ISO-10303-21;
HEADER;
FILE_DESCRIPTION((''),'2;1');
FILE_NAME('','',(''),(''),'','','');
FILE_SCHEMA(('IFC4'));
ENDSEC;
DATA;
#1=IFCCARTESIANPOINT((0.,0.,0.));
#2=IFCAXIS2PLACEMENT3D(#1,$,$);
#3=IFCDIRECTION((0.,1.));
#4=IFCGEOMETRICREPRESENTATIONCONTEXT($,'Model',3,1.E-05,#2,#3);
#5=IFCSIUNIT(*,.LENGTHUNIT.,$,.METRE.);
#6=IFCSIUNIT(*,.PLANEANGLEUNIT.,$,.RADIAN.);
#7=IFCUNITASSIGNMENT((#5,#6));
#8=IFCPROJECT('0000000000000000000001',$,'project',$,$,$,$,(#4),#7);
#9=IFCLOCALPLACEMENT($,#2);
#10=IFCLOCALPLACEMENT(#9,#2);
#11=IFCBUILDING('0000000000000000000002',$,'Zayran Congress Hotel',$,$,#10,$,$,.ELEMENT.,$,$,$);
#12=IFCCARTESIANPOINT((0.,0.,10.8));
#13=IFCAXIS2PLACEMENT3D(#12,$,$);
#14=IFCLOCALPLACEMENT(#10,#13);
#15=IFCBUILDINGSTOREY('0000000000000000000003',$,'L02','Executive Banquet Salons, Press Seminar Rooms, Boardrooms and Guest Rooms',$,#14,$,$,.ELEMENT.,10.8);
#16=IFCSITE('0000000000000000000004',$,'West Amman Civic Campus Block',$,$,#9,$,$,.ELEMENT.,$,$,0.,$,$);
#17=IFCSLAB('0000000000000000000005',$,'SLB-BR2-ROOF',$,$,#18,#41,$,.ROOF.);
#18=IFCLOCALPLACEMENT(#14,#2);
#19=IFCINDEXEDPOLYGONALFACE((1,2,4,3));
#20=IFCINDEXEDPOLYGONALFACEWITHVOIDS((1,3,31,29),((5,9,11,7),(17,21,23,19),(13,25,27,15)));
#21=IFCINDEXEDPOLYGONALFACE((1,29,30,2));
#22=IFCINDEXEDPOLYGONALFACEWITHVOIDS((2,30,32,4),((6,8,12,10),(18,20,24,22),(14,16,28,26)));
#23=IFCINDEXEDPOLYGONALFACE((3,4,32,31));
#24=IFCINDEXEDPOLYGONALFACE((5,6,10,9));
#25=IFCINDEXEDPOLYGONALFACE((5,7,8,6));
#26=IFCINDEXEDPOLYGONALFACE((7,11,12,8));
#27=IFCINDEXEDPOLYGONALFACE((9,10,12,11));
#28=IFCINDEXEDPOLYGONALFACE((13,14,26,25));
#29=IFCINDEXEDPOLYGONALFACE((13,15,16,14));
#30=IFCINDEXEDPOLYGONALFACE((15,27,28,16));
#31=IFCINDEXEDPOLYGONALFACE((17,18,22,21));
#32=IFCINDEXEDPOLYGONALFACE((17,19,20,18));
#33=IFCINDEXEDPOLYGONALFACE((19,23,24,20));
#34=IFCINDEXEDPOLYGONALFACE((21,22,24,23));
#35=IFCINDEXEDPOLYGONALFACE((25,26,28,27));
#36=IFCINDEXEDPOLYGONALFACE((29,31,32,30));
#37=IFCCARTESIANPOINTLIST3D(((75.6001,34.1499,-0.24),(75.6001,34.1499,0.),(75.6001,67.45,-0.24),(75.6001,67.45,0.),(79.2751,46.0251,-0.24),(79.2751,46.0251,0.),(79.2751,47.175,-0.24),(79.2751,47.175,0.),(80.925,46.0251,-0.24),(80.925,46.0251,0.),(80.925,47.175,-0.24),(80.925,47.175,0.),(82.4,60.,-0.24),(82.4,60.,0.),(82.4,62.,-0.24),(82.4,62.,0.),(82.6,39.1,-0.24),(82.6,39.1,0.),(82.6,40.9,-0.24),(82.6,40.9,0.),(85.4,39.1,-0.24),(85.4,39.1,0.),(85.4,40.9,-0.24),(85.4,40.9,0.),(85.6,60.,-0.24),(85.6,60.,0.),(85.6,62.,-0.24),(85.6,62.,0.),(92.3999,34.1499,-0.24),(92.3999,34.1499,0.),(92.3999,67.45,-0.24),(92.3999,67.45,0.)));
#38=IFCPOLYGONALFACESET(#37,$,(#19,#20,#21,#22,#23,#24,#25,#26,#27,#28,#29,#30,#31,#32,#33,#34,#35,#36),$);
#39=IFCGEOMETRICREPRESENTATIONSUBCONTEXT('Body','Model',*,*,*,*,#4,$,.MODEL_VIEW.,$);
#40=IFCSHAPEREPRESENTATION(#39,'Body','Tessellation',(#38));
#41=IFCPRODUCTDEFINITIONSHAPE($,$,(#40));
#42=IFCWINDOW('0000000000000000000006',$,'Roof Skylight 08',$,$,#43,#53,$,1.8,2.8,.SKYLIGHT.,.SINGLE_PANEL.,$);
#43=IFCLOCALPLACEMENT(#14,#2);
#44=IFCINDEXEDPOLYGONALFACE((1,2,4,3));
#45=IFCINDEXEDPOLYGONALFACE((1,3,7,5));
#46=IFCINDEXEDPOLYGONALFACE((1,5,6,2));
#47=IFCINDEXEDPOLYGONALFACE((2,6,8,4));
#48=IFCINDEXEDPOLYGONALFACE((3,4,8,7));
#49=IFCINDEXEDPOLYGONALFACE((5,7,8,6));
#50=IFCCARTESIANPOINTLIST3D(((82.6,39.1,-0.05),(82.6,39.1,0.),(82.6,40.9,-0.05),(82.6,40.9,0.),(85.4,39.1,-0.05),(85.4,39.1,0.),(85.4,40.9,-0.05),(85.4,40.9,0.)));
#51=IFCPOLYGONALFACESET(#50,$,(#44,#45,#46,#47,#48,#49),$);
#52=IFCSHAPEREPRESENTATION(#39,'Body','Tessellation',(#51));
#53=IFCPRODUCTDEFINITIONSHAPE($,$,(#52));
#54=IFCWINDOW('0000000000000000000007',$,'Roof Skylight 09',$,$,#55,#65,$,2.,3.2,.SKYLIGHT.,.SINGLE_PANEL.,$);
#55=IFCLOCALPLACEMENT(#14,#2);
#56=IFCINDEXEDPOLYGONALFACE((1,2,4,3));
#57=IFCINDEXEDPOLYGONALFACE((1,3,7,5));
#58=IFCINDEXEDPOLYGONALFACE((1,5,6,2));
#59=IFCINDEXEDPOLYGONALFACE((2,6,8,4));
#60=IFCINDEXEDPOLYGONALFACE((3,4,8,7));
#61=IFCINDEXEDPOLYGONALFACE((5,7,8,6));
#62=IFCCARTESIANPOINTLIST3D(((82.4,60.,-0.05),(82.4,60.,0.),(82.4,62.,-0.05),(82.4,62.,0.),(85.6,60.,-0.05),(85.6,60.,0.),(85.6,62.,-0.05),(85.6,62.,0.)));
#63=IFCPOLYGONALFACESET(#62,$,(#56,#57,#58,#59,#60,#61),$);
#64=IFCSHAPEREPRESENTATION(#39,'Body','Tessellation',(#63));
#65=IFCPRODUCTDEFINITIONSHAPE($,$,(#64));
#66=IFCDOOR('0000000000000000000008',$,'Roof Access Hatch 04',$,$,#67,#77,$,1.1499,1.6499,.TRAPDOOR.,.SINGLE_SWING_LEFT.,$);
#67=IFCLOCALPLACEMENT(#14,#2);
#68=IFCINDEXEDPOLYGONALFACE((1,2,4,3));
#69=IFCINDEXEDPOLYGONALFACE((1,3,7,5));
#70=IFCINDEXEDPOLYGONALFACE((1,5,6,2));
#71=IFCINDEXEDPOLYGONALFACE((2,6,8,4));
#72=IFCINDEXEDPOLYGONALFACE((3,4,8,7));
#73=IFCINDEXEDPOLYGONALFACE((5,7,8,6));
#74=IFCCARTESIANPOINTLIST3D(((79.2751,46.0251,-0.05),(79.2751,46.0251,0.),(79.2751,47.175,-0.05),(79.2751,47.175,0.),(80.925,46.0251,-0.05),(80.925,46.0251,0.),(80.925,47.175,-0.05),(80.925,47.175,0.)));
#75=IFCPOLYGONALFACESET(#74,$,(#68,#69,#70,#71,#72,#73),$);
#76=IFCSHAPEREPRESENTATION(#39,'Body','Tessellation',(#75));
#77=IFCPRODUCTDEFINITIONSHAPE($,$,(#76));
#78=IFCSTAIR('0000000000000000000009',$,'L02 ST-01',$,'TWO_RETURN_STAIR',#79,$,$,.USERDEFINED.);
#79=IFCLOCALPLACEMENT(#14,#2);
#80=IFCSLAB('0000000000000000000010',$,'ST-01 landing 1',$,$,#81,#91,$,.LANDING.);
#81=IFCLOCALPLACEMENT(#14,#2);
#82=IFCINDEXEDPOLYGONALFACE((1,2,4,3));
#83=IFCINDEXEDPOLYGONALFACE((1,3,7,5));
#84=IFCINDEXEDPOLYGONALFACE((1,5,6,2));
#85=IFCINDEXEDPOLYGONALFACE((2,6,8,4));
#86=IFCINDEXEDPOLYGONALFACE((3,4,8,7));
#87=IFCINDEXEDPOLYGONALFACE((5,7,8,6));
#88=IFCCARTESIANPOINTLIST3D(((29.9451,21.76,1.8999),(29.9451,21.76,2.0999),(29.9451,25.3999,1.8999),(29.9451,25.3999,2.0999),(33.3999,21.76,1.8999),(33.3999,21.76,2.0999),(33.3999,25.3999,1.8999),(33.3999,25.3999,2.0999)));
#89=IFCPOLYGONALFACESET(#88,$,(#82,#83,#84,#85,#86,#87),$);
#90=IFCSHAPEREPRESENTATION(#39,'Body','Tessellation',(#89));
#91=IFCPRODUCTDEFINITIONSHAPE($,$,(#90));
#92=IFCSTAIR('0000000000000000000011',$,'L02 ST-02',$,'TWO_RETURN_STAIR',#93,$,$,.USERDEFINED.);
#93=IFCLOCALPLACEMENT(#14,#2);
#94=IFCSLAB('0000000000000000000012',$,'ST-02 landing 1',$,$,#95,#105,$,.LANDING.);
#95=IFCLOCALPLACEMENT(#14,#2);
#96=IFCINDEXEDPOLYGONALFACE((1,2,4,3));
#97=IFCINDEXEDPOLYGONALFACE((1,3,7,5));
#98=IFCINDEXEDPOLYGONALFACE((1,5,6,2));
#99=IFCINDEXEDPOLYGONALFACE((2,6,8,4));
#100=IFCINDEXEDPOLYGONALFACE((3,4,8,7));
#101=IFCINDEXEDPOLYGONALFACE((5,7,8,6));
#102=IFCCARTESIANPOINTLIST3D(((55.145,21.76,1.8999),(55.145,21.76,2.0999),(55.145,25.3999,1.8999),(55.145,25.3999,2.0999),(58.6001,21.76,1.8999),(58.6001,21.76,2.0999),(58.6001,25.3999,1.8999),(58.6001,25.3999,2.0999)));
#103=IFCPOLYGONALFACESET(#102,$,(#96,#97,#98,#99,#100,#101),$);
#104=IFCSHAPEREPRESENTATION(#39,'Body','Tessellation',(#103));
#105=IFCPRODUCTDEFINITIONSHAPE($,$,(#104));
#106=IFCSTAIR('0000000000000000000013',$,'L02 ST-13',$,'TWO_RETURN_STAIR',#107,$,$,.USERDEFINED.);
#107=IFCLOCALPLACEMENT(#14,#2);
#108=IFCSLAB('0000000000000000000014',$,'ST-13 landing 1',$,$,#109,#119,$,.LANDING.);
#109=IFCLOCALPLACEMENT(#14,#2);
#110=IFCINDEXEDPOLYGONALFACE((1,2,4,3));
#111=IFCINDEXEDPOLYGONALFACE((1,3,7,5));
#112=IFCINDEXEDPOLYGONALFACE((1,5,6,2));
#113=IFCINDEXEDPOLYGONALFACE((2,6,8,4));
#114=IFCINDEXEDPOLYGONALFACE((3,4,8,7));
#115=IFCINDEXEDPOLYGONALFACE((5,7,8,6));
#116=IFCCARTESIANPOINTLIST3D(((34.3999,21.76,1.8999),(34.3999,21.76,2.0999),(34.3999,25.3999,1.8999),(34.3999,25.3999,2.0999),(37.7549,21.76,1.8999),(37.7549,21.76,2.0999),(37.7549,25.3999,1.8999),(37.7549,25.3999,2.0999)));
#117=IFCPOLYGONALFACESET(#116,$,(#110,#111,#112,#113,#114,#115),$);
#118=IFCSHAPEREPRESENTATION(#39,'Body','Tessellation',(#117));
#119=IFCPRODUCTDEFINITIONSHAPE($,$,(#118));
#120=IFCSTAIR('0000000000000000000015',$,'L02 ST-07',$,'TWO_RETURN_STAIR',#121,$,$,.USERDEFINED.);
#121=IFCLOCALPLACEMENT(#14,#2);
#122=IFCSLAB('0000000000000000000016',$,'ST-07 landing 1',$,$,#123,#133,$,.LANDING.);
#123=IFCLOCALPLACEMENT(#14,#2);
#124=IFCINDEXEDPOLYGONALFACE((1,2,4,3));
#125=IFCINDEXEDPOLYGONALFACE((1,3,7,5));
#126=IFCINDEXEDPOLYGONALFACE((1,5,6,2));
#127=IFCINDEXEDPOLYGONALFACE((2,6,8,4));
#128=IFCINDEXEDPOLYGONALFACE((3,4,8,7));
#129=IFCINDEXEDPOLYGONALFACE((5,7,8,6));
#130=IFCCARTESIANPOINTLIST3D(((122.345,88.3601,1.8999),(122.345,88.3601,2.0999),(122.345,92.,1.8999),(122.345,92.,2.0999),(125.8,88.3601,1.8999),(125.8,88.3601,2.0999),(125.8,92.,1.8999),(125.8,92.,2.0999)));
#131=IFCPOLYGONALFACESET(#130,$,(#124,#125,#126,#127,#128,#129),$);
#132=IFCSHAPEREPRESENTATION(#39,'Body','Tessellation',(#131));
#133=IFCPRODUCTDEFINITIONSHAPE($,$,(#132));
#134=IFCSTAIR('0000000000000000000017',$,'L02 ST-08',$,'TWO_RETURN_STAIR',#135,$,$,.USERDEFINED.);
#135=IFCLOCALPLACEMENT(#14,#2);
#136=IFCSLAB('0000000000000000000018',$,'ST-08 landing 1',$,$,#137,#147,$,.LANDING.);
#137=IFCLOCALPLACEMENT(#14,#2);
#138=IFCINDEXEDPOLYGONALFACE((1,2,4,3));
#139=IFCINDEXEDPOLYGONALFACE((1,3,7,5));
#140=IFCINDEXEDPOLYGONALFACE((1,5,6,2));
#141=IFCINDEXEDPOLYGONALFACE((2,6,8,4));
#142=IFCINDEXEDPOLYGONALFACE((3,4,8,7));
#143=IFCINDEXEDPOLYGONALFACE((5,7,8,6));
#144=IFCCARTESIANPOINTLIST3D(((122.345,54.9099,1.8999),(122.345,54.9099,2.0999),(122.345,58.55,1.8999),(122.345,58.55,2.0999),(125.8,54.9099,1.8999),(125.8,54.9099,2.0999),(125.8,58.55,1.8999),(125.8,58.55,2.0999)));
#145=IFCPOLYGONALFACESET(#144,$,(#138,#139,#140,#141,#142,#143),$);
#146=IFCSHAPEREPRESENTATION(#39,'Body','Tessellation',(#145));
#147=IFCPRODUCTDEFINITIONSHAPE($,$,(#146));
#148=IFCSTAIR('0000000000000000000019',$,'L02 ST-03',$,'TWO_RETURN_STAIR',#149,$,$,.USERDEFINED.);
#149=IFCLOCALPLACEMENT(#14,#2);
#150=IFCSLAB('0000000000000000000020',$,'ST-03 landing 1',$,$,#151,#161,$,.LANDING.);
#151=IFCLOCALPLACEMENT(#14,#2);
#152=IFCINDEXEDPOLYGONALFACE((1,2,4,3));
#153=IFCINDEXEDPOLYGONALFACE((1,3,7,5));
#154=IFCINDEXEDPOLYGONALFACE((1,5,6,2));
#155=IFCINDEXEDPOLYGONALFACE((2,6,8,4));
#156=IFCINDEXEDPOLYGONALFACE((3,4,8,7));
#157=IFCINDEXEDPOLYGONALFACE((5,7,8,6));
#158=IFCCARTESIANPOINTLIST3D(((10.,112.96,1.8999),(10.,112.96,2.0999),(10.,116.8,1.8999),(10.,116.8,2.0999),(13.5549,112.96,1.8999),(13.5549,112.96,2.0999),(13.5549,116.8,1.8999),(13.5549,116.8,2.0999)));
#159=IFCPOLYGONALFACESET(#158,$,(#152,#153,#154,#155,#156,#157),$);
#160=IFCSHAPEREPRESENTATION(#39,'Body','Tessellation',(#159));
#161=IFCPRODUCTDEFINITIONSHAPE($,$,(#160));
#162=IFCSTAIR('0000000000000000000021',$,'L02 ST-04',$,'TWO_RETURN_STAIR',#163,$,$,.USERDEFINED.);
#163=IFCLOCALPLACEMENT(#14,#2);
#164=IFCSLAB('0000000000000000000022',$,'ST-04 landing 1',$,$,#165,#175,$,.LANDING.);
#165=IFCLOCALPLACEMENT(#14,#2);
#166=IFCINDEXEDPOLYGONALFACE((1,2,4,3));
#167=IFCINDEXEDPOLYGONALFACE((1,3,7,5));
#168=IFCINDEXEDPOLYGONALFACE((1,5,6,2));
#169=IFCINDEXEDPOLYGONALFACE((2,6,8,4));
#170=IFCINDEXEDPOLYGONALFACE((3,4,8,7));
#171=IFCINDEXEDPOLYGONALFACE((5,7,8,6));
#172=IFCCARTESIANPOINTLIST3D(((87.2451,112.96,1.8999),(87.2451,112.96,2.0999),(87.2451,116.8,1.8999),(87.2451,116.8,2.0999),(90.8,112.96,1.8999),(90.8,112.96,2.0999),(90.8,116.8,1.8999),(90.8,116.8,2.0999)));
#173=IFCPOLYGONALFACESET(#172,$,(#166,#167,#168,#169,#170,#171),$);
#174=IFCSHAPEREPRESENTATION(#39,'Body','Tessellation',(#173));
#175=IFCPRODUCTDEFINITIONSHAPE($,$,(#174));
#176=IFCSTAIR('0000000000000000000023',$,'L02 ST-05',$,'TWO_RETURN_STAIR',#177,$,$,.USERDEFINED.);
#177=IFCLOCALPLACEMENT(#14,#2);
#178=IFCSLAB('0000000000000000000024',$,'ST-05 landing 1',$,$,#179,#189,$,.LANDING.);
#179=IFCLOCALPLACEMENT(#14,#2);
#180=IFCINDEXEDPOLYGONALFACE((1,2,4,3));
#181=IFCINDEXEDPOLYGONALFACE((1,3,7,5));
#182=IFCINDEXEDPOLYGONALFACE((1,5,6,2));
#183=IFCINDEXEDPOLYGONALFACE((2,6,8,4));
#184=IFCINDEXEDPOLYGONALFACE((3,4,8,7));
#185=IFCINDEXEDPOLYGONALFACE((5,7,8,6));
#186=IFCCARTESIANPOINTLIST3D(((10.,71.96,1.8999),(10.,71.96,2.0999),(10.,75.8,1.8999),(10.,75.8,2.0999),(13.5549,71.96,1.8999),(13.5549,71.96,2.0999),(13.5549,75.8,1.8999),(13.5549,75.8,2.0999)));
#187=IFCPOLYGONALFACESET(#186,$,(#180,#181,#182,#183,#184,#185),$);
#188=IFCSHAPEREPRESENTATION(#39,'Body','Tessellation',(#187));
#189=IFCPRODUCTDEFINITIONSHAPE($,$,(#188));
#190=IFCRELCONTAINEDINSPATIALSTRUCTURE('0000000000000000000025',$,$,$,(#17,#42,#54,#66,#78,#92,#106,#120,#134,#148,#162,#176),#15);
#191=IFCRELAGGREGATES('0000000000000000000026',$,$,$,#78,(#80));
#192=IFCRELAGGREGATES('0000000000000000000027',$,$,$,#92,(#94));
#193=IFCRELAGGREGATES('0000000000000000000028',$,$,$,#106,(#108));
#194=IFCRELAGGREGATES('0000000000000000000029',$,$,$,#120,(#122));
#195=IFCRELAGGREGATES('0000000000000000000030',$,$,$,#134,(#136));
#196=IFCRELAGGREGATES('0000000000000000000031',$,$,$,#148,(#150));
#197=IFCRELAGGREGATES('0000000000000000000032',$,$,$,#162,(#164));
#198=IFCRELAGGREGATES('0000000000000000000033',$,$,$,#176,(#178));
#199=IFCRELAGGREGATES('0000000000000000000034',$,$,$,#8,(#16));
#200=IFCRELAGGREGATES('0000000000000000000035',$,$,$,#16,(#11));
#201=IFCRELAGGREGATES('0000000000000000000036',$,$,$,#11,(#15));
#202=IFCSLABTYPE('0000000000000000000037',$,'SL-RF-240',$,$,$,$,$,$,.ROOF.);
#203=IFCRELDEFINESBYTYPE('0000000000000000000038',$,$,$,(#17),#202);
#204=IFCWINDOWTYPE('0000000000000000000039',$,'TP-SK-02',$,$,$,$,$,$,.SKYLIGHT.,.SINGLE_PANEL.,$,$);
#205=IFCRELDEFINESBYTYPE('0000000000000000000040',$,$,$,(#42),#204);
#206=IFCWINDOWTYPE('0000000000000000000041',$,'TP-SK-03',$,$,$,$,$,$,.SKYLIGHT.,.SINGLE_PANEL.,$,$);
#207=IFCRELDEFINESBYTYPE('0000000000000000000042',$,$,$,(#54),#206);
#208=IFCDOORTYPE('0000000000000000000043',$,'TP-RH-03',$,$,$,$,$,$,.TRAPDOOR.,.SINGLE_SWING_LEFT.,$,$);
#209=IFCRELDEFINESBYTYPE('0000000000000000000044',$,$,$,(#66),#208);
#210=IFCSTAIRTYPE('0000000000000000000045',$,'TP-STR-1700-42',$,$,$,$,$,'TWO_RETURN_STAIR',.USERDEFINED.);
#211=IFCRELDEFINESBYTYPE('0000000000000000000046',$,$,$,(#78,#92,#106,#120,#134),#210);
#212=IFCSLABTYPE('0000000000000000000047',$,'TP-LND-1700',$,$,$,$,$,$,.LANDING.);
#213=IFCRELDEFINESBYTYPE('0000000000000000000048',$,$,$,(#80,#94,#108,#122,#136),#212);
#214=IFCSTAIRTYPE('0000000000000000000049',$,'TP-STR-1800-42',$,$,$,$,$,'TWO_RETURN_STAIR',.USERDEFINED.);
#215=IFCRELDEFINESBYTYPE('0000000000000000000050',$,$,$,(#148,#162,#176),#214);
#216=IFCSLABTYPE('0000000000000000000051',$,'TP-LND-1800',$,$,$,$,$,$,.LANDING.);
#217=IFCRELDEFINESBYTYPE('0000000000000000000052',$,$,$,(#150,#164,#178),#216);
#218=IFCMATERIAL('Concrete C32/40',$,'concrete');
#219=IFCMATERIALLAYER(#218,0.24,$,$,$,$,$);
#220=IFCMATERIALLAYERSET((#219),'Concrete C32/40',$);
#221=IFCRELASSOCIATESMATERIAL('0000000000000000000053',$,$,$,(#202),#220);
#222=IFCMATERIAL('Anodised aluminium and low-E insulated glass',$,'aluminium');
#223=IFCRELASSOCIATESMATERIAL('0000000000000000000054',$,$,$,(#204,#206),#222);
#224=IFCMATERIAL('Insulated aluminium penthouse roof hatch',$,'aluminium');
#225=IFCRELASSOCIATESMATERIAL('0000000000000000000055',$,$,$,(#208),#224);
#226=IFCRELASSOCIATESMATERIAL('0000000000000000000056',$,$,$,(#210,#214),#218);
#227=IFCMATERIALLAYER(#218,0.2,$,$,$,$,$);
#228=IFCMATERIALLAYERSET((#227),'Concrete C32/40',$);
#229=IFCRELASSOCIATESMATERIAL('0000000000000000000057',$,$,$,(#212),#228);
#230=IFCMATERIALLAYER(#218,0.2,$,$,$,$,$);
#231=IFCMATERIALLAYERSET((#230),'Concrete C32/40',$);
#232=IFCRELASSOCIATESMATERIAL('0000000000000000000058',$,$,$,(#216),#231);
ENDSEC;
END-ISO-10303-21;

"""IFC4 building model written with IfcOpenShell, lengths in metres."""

from ifc_helpers import new_model, si_unit, direction, frame, origin, origin_2d, place, context, subcontext, project, spatial, polyline, rectangle, outline, extrude, material, layer, layer_set, type_object, element, fill, aggregate, save


model = new_model("IFC4")

# Units and contexts
model_context = context("Model", 3, precision=1e-05, world=origin(), true_north=direction((0.0, 1.0)))
body_context = subcontext(model_context, "Body", "Model", "MODEL_VIEW")
ifc_project = project(units=[si_unit("LENGTHUNIT", "METRE"), si_unit("PLANEANGLEUNIT", "RADIAN")], contexts=[model_context])

# Site, building, storey
site_placement = place(None, origin())
site = spatial("IfcSite", under=ifc_project, at=site_placement, Name="West Amman Civic Campus Block", CompositionType="ELEMENT", RefElevation=0.0)
building_placement = place(site_placement, origin())
building = spatial("IfcBuilding", under=site, at=building_placement, Name="Zayran Congress Hotel", CompositionType="ELEMENT")
storey_placement = place(building_placement, frame((0.0, 0.0, 10.8)))
storey = spatial("IfcBuildingStorey", under=building, at=storey_placement, Name="L02", Description="Executive Banquet Salons, Press Seminar Rooms, Boardrooms and Guest Rooms", CompositionType="ELEMENT", Elevation=10.8)

# Shared definitions
ifc_material_1 = material(Name="Concrete C32/40", Category="concrete")

# Slab, openings, windows, door
ifc_layer_1 = layer(ifc_material_1, 0.24)
ifc_layer_set_1 = layer_set([ifc_layer_1], Name="Concrete C32/40")
slab_type_1 = type_object("IfcSlabType", Name="SL-RF-240", PredefinedType="ROOF", material=ifc_layer_set_1)
slab_1_placement = place(storey_placement, frame((0.0, 0.0, -0.24)))
slab_1 = element("IfcSlab", 1, at=slab_1_placement, inside=storey, type_object=slab_type_1, Name="SLB-BR2-ROOF", PredefinedType="ROOF", context=body_context, shape_type="SweptSolid", body=[
    extrude(outline(polyline([(75.6001, 34.1499), (92.3999, 34.1499), (92.3999, 67.45), (75.6001, 67.45), (75.6001, 34.1499)])), origin(), (0.0, 0.0, 1.0), 0.24),
])
opening_1_placement = place(slab_1_placement, frame((80.1001, 46.6001, -0.01), z_axis=(0.0, 0.0, 1.0), x_axis=(1.0, 0.0, 0.0)))
opening_1 = element("IfcOpeningElement", 2, at=opening_1_placement, cuts=slab_1, PredefinedType="OPENING", context=body_context, shape_type="SweptSolid", body=[
    extrude(rectangle(XDim=1.6499, YDim=1.1499, at=origin_2d()), origin(), (0.0, 0.0, 1.0), 0.26),
])
opening_2_placement = place(slab_1_placement, frame((84.0, 40.0, -0.01), z_axis=(0.0, 0.0, 1.0), x_axis=(1.0, 0.0, 0.0)))
opening_2 = element("IfcOpeningElement", 3, at=opening_2_placement, cuts=slab_1, PredefinedType="OPENING", context=body_context, shape_type="SweptSolid", body=[
    extrude(rectangle(XDim=2.8, YDim=1.8, at=origin_2d()), origin(), (0.0, 0.0, 1.0), 0.26),
])
opening_3_placement = place(slab_1_placement, frame((84.0, 61.0, -0.01), z_axis=(0.0, 0.0, 1.0), x_axis=(1.0, 0.0, 0.0)))
opening_3 = element("IfcOpeningElement", 4, at=opening_3_placement, cuts=slab_1, PredefinedType="OPENING", context=body_context, shape_type="SweptSolid", body=[
    extrude(rectangle(XDim=3.2, YDim=2.0, at=origin_2d()), origin(), (0.0, 0.0, 1.0), 0.26),
])
ifc_material_2 = material(Name="Anodised aluminium and low-E insulated glass", Category="aluminium")
window_type_1 = type_object("IfcWindowType", Name="TP-SK-02", PartitioningType="SINGLE_PANEL", PredefinedType="SKYLIGHT", material=ifc_material_2)
window_1_placement = place(opening_2_placement, frame((0.0, 0.0, 0.2)))
window_1 = element("IfcWindow", 5, at=window_1_placement, inside=storey, type_object=window_type_1, Name="Roof Skylight 08", OverallHeight=1.8, OverallWidth=2.8, PartitioningType="SINGLE_PANEL", PredefinedType="SKYLIGHT", context=body_context, shape_type="SweptSolid", body=[
    extrude(rectangle(XDim=2.8, YDim=1.8, at=origin_2d()), origin(), (0.0, 0.0, 1.0), 0.05),
])
fill(opening_2, window_1)
window_type_2 = type_object("IfcWindowType", Name="TP-SK-03", PartitioningType="SINGLE_PANEL", PredefinedType="SKYLIGHT", material=ifc_material_2)
window_2_placement = place(opening_3_placement, frame((0.0, 0.0, 0.2)))
window_2 = element("IfcWindow", 6, at=window_2_placement, inside=storey, type_object=window_type_2, Name="Roof Skylight 09", OverallHeight=2.0, OverallWidth=3.2, PartitioningType="SINGLE_PANEL", PredefinedType="SKYLIGHT", context=body_context, shape_type="SweptSolid", body=[
    extrude(rectangle(XDim=3.2, YDim=2.0, at=origin_2d()), origin(), (0.0, 0.0, 1.0), 0.05),
])
fill(opening_3, window_2)
ifc_material_3 = material(Name="Insulated aluminium penthouse roof hatch", Category="aluminium")
door_type = type_object("IfcDoorType", Name="TP-RH-03", OperationType="SINGLE_SWING_LEFT", PredefinedType="TRAPDOOR", material=ifc_material_3)
door_placement = place(opening_1_placement, frame((0.0, 0.0, 0.2)))
door = element("IfcDoor", 7, at=door_placement, inside=storey, type_object=door_type, Name="Roof Access Hatch 04", OperationType="SINGLE_SWING_LEFT", OverallHeight=1.1499, OverallWidth=1.6499, PredefinedType="TRAPDOOR", context=body_context, shape_type="SweptSolid", body=[
    extrude(rectangle(XDim=1.6499, YDim=1.1499, at=origin_2d()), origin(), (0.0, 0.0, 1.0), 0.05),
])
fill(opening_1, door)

# Stairs, slabs
stair_type_1 = type_object("IfcStairType", Name="TP-STR-1700-42", ElementType="TWO_RETURN_STAIR", PredefinedType="USERDEFINED", material=ifc_material_1)
stair_1_placement = place(storey_placement, origin())
stair_1 = element("IfcStair", 8, at=stair_1_placement, inside=storey, type_object=stair_type_1, Name="L02 ST-01", ObjectType="TWO_RETURN_STAIR", PredefinedType="USERDEFINED")
ifc_layer_2 = layer(ifc_material_1, 0.2)
ifc_layer_set_2 = layer_set([ifc_layer_2], Name="Concrete C32/40")
slab_type_2 = type_object("IfcSlabType", Name="TP-LND-1700", PredefinedType="LANDING", material=ifc_layer_set_2)
slab_2_placement = place(storey_placement, frame((0.0, 0.0, 1.8999)))
slab_2 = element("IfcSlab", 9, at=slab_2_placement, type_object=slab_type_2, Name="ST-01 landing 1", PredefinedType="LANDING", context=body_context, shape_type="SweptSolid", body=[
    extrude(outline(polyline([(29.9451, 21.76), (33.3999, 21.76), (33.3999, 25.3999), (29.9451, 25.3999), (29.9451, 21.76)])), origin(), (0.0, 0.0, 1.0), 0.2),
])
aggregate(stair_1, [slab_2])
stair_2_placement = place(storey_placement, origin())
stair_2 = element("IfcStair", 10, at=stair_2_placement, inside=storey, type_object=stair_type_1, Name="L02 ST-02", ObjectType="TWO_RETURN_STAIR", PredefinedType="USERDEFINED")
slab_3_placement = place(storey_placement, frame((0.0, 0.0, 1.8999)))
slab_3 = element("IfcSlab", 11, at=slab_3_placement, type_object=slab_type_2, Name="ST-02 landing 1", PredefinedType="LANDING", context=body_context, shape_type="SweptSolid", body=[
    extrude(outline(polyline([(55.145, 21.76), (58.6001, 21.76), (58.6001, 25.3999), (55.145, 25.3999), (55.145, 21.76)])), origin(), (0.0, 0.0, 1.0), 0.2),
])
aggregate(stair_2, [slab_3])
stair_3_placement = place(storey_placement, origin())
stair_3 = element("IfcStair", 12, at=stair_3_placement, inside=storey, type_object=stair_type_1, Name="L02 ST-13", ObjectType="TWO_RETURN_STAIR", PredefinedType="USERDEFINED")
slab_4_placement = place(storey_placement, frame((0.0, 0.0, 1.8999)))
slab_4 = element("IfcSlab", 13, at=slab_4_placement, type_object=slab_type_2, Name="ST-13 landing 1", PredefinedType="LANDING", context=body_context, shape_type="SweptSolid", body=[
    extrude(outline(polyline([(37.7549, 25.3999), (34.3999, 25.3999), (34.3999, 21.76), (37.7549, 21.76), (37.7549, 25.3999)])), origin(), (0.0, 0.0, 1.0), 0.2),
])
aggregate(stair_3, [slab_4])
stair_4_placement = place(storey_placement, origin())
stair_4 = element("IfcStair", 14, at=stair_4_placement, inside=storey, type_object=stair_type_1, Name="L02 ST-07", ObjectType="TWO_RETURN_STAIR", PredefinedType="USERDEFINED")
slab_5_placement = place(storey_placement, frame((0.0, 0.0, 1.8999)))
slab_5 = element("IfcSlab", 15, at=slab_5_placement, type_object=slab_type_2, Name="ST-07 landing 1", PredefinedType="LANDING", context=body_context, shape_type="SweptSolid", body=[
    extrude(outline(polyline([(122.345, 88.3601), (125.8, 88.3601), (125.8, 92.0), (122.345, 92.0), (122.345, 88.3601)])), origin(), (0.0, 0.0, 1.0), 0.2),
])
aggregate(stair_4, [slab_5])
stair_5_placement = place(storey_placement, origin())
stair_5 = element("IfcStair", 16, at=stair_5_placement, inside=storey, type_object=stair_type_1, Name="L02 ST-08", ObjectType="TWO_RETURN_STAIR", PredefinedType="USERDEFINED")
slab_6_placement = place(storey_placement, frame((0.0, 0.0, 1.8999)))
slab_6 = element("IfcSlab", 17, at=slab_6_placement, type_object=slab_type_2, Name="ST-08 landing 1", PredefinedType="LANDING", context=body_context, shape_type="SweptSolid", body=[
    extrude(outline(polyline([(122.345, 54.9099), (125.8, 54.9099), (125.8, 58.55), (122.345, 58.55), (122.345, 54.9099)])), origin(), (0.0, 0.0, 1.0), 0.2),
])
aggregate(stair_5, [slab_6])
stair_type_2 = type_object("IfcStairType", Name="TP-STR-1800-42", ElementType="TWO_RETURN_STAIR", PredefinedType="USERDEFINED", material=ifc_material_1)
stair_6_placement = place(storey_placement, origin())
stair_6 = element("IfcStair", 18, at=stair_6_placement, inside=storey, type_object=stair_type_2, Name="L02 ST-03", ObjectType="TWO_RETURN_STAIR", PredefinedType="USERDEFINED")
ifc_layer_3 = layer(ifc_material_1, 0.2)
ifc_layer_set_3 = layer_set([ifc_layer_3], Name="Concrete C32/40")
slab_type_3 = type_object("IfcSlabType", Name="TP-LND-1800", PredefinedType="LANDING", material=ifc_layer_set_3)
slab_7_placement = place(storey_placement, frame((0.0, 0.0, 1.8999)))
slab_7 = element("IfcSlab", 19, at=slab_7_placement, type_object=slab_type_3, Name="ST-03 landing 1", PredefinedType="LANDING", context=body_context, shape_type="SweptSolid", body=[
    extrude(outline(polyline([(13.5549, 116.8), (10.0, 116.8), (10.0, 112.96), (13.5549, 112.96), (13.5549, 116.8)])), origin(), (0.0, 0.0, 1.0), 0.2),
])
aggregate(stair_6, [slab_7])
stair_7_placement = place(storey_placement, origin())
stair_7 = element("IfcStair", 20, at=stair_7_placement, inside=storey, type_object=stair_type_2, Name="L02 ST-04", ObjectType="TWO_RETURN_STAIR", PredefinedType="USERDEFINED")
slab_8_placement = place(storey_placement, frame((0.0, 0.0, 1.8999)))
slab_8 = element("IfcSlab", 21, at=slab_8_placement, type_object=slab_type_3, Name="ST-04 landing 1", PredefinedType="LANDING", context=body_context, shape_type="SweptSolid", body=[
    extrude(outline(polyline([(87.2451, 112.96), (90.8, 112.96), (90.8, 116.8), (87.2451, 116.8), (87.2451, 112.96)])), origin(), (0.0, 0.0, 1.0), 0.2),
])
aggregate(stair_7, [slab_8])
stair_8_placement = place(storey_placement, origin())
stair_8 = element("IfcStair", 22, at=stair_8_placement, inside=storey, type_object=stair_type_2, Name="L02 ST-05", ObjectType="TWO_RETURN_STAIR", PredefinedType="USERDEFINED")
slab_9_placement = place(storey_placement, frame((0.0, 0.0, 1.8999)))
slab_9 = element("IfcSlab", 23, at=slab_9_placement, type_object=slab_type_3, Name="ST-05 landing 1", PredefinedType="LANDING", context=body_context, shape_type="SweptSolid", body=[
    extrude(outline(polyline([(13.5549, 75.8), (10.0, 75.8), (10.0, 71.96), (13.5549, 71.96), (13.5549, 75.8)])), origin(), (0.0, 0.0, 1.0), 0.2),
])
aggregate(stair_8, [slab_9])

save(model, "model.ifc")
